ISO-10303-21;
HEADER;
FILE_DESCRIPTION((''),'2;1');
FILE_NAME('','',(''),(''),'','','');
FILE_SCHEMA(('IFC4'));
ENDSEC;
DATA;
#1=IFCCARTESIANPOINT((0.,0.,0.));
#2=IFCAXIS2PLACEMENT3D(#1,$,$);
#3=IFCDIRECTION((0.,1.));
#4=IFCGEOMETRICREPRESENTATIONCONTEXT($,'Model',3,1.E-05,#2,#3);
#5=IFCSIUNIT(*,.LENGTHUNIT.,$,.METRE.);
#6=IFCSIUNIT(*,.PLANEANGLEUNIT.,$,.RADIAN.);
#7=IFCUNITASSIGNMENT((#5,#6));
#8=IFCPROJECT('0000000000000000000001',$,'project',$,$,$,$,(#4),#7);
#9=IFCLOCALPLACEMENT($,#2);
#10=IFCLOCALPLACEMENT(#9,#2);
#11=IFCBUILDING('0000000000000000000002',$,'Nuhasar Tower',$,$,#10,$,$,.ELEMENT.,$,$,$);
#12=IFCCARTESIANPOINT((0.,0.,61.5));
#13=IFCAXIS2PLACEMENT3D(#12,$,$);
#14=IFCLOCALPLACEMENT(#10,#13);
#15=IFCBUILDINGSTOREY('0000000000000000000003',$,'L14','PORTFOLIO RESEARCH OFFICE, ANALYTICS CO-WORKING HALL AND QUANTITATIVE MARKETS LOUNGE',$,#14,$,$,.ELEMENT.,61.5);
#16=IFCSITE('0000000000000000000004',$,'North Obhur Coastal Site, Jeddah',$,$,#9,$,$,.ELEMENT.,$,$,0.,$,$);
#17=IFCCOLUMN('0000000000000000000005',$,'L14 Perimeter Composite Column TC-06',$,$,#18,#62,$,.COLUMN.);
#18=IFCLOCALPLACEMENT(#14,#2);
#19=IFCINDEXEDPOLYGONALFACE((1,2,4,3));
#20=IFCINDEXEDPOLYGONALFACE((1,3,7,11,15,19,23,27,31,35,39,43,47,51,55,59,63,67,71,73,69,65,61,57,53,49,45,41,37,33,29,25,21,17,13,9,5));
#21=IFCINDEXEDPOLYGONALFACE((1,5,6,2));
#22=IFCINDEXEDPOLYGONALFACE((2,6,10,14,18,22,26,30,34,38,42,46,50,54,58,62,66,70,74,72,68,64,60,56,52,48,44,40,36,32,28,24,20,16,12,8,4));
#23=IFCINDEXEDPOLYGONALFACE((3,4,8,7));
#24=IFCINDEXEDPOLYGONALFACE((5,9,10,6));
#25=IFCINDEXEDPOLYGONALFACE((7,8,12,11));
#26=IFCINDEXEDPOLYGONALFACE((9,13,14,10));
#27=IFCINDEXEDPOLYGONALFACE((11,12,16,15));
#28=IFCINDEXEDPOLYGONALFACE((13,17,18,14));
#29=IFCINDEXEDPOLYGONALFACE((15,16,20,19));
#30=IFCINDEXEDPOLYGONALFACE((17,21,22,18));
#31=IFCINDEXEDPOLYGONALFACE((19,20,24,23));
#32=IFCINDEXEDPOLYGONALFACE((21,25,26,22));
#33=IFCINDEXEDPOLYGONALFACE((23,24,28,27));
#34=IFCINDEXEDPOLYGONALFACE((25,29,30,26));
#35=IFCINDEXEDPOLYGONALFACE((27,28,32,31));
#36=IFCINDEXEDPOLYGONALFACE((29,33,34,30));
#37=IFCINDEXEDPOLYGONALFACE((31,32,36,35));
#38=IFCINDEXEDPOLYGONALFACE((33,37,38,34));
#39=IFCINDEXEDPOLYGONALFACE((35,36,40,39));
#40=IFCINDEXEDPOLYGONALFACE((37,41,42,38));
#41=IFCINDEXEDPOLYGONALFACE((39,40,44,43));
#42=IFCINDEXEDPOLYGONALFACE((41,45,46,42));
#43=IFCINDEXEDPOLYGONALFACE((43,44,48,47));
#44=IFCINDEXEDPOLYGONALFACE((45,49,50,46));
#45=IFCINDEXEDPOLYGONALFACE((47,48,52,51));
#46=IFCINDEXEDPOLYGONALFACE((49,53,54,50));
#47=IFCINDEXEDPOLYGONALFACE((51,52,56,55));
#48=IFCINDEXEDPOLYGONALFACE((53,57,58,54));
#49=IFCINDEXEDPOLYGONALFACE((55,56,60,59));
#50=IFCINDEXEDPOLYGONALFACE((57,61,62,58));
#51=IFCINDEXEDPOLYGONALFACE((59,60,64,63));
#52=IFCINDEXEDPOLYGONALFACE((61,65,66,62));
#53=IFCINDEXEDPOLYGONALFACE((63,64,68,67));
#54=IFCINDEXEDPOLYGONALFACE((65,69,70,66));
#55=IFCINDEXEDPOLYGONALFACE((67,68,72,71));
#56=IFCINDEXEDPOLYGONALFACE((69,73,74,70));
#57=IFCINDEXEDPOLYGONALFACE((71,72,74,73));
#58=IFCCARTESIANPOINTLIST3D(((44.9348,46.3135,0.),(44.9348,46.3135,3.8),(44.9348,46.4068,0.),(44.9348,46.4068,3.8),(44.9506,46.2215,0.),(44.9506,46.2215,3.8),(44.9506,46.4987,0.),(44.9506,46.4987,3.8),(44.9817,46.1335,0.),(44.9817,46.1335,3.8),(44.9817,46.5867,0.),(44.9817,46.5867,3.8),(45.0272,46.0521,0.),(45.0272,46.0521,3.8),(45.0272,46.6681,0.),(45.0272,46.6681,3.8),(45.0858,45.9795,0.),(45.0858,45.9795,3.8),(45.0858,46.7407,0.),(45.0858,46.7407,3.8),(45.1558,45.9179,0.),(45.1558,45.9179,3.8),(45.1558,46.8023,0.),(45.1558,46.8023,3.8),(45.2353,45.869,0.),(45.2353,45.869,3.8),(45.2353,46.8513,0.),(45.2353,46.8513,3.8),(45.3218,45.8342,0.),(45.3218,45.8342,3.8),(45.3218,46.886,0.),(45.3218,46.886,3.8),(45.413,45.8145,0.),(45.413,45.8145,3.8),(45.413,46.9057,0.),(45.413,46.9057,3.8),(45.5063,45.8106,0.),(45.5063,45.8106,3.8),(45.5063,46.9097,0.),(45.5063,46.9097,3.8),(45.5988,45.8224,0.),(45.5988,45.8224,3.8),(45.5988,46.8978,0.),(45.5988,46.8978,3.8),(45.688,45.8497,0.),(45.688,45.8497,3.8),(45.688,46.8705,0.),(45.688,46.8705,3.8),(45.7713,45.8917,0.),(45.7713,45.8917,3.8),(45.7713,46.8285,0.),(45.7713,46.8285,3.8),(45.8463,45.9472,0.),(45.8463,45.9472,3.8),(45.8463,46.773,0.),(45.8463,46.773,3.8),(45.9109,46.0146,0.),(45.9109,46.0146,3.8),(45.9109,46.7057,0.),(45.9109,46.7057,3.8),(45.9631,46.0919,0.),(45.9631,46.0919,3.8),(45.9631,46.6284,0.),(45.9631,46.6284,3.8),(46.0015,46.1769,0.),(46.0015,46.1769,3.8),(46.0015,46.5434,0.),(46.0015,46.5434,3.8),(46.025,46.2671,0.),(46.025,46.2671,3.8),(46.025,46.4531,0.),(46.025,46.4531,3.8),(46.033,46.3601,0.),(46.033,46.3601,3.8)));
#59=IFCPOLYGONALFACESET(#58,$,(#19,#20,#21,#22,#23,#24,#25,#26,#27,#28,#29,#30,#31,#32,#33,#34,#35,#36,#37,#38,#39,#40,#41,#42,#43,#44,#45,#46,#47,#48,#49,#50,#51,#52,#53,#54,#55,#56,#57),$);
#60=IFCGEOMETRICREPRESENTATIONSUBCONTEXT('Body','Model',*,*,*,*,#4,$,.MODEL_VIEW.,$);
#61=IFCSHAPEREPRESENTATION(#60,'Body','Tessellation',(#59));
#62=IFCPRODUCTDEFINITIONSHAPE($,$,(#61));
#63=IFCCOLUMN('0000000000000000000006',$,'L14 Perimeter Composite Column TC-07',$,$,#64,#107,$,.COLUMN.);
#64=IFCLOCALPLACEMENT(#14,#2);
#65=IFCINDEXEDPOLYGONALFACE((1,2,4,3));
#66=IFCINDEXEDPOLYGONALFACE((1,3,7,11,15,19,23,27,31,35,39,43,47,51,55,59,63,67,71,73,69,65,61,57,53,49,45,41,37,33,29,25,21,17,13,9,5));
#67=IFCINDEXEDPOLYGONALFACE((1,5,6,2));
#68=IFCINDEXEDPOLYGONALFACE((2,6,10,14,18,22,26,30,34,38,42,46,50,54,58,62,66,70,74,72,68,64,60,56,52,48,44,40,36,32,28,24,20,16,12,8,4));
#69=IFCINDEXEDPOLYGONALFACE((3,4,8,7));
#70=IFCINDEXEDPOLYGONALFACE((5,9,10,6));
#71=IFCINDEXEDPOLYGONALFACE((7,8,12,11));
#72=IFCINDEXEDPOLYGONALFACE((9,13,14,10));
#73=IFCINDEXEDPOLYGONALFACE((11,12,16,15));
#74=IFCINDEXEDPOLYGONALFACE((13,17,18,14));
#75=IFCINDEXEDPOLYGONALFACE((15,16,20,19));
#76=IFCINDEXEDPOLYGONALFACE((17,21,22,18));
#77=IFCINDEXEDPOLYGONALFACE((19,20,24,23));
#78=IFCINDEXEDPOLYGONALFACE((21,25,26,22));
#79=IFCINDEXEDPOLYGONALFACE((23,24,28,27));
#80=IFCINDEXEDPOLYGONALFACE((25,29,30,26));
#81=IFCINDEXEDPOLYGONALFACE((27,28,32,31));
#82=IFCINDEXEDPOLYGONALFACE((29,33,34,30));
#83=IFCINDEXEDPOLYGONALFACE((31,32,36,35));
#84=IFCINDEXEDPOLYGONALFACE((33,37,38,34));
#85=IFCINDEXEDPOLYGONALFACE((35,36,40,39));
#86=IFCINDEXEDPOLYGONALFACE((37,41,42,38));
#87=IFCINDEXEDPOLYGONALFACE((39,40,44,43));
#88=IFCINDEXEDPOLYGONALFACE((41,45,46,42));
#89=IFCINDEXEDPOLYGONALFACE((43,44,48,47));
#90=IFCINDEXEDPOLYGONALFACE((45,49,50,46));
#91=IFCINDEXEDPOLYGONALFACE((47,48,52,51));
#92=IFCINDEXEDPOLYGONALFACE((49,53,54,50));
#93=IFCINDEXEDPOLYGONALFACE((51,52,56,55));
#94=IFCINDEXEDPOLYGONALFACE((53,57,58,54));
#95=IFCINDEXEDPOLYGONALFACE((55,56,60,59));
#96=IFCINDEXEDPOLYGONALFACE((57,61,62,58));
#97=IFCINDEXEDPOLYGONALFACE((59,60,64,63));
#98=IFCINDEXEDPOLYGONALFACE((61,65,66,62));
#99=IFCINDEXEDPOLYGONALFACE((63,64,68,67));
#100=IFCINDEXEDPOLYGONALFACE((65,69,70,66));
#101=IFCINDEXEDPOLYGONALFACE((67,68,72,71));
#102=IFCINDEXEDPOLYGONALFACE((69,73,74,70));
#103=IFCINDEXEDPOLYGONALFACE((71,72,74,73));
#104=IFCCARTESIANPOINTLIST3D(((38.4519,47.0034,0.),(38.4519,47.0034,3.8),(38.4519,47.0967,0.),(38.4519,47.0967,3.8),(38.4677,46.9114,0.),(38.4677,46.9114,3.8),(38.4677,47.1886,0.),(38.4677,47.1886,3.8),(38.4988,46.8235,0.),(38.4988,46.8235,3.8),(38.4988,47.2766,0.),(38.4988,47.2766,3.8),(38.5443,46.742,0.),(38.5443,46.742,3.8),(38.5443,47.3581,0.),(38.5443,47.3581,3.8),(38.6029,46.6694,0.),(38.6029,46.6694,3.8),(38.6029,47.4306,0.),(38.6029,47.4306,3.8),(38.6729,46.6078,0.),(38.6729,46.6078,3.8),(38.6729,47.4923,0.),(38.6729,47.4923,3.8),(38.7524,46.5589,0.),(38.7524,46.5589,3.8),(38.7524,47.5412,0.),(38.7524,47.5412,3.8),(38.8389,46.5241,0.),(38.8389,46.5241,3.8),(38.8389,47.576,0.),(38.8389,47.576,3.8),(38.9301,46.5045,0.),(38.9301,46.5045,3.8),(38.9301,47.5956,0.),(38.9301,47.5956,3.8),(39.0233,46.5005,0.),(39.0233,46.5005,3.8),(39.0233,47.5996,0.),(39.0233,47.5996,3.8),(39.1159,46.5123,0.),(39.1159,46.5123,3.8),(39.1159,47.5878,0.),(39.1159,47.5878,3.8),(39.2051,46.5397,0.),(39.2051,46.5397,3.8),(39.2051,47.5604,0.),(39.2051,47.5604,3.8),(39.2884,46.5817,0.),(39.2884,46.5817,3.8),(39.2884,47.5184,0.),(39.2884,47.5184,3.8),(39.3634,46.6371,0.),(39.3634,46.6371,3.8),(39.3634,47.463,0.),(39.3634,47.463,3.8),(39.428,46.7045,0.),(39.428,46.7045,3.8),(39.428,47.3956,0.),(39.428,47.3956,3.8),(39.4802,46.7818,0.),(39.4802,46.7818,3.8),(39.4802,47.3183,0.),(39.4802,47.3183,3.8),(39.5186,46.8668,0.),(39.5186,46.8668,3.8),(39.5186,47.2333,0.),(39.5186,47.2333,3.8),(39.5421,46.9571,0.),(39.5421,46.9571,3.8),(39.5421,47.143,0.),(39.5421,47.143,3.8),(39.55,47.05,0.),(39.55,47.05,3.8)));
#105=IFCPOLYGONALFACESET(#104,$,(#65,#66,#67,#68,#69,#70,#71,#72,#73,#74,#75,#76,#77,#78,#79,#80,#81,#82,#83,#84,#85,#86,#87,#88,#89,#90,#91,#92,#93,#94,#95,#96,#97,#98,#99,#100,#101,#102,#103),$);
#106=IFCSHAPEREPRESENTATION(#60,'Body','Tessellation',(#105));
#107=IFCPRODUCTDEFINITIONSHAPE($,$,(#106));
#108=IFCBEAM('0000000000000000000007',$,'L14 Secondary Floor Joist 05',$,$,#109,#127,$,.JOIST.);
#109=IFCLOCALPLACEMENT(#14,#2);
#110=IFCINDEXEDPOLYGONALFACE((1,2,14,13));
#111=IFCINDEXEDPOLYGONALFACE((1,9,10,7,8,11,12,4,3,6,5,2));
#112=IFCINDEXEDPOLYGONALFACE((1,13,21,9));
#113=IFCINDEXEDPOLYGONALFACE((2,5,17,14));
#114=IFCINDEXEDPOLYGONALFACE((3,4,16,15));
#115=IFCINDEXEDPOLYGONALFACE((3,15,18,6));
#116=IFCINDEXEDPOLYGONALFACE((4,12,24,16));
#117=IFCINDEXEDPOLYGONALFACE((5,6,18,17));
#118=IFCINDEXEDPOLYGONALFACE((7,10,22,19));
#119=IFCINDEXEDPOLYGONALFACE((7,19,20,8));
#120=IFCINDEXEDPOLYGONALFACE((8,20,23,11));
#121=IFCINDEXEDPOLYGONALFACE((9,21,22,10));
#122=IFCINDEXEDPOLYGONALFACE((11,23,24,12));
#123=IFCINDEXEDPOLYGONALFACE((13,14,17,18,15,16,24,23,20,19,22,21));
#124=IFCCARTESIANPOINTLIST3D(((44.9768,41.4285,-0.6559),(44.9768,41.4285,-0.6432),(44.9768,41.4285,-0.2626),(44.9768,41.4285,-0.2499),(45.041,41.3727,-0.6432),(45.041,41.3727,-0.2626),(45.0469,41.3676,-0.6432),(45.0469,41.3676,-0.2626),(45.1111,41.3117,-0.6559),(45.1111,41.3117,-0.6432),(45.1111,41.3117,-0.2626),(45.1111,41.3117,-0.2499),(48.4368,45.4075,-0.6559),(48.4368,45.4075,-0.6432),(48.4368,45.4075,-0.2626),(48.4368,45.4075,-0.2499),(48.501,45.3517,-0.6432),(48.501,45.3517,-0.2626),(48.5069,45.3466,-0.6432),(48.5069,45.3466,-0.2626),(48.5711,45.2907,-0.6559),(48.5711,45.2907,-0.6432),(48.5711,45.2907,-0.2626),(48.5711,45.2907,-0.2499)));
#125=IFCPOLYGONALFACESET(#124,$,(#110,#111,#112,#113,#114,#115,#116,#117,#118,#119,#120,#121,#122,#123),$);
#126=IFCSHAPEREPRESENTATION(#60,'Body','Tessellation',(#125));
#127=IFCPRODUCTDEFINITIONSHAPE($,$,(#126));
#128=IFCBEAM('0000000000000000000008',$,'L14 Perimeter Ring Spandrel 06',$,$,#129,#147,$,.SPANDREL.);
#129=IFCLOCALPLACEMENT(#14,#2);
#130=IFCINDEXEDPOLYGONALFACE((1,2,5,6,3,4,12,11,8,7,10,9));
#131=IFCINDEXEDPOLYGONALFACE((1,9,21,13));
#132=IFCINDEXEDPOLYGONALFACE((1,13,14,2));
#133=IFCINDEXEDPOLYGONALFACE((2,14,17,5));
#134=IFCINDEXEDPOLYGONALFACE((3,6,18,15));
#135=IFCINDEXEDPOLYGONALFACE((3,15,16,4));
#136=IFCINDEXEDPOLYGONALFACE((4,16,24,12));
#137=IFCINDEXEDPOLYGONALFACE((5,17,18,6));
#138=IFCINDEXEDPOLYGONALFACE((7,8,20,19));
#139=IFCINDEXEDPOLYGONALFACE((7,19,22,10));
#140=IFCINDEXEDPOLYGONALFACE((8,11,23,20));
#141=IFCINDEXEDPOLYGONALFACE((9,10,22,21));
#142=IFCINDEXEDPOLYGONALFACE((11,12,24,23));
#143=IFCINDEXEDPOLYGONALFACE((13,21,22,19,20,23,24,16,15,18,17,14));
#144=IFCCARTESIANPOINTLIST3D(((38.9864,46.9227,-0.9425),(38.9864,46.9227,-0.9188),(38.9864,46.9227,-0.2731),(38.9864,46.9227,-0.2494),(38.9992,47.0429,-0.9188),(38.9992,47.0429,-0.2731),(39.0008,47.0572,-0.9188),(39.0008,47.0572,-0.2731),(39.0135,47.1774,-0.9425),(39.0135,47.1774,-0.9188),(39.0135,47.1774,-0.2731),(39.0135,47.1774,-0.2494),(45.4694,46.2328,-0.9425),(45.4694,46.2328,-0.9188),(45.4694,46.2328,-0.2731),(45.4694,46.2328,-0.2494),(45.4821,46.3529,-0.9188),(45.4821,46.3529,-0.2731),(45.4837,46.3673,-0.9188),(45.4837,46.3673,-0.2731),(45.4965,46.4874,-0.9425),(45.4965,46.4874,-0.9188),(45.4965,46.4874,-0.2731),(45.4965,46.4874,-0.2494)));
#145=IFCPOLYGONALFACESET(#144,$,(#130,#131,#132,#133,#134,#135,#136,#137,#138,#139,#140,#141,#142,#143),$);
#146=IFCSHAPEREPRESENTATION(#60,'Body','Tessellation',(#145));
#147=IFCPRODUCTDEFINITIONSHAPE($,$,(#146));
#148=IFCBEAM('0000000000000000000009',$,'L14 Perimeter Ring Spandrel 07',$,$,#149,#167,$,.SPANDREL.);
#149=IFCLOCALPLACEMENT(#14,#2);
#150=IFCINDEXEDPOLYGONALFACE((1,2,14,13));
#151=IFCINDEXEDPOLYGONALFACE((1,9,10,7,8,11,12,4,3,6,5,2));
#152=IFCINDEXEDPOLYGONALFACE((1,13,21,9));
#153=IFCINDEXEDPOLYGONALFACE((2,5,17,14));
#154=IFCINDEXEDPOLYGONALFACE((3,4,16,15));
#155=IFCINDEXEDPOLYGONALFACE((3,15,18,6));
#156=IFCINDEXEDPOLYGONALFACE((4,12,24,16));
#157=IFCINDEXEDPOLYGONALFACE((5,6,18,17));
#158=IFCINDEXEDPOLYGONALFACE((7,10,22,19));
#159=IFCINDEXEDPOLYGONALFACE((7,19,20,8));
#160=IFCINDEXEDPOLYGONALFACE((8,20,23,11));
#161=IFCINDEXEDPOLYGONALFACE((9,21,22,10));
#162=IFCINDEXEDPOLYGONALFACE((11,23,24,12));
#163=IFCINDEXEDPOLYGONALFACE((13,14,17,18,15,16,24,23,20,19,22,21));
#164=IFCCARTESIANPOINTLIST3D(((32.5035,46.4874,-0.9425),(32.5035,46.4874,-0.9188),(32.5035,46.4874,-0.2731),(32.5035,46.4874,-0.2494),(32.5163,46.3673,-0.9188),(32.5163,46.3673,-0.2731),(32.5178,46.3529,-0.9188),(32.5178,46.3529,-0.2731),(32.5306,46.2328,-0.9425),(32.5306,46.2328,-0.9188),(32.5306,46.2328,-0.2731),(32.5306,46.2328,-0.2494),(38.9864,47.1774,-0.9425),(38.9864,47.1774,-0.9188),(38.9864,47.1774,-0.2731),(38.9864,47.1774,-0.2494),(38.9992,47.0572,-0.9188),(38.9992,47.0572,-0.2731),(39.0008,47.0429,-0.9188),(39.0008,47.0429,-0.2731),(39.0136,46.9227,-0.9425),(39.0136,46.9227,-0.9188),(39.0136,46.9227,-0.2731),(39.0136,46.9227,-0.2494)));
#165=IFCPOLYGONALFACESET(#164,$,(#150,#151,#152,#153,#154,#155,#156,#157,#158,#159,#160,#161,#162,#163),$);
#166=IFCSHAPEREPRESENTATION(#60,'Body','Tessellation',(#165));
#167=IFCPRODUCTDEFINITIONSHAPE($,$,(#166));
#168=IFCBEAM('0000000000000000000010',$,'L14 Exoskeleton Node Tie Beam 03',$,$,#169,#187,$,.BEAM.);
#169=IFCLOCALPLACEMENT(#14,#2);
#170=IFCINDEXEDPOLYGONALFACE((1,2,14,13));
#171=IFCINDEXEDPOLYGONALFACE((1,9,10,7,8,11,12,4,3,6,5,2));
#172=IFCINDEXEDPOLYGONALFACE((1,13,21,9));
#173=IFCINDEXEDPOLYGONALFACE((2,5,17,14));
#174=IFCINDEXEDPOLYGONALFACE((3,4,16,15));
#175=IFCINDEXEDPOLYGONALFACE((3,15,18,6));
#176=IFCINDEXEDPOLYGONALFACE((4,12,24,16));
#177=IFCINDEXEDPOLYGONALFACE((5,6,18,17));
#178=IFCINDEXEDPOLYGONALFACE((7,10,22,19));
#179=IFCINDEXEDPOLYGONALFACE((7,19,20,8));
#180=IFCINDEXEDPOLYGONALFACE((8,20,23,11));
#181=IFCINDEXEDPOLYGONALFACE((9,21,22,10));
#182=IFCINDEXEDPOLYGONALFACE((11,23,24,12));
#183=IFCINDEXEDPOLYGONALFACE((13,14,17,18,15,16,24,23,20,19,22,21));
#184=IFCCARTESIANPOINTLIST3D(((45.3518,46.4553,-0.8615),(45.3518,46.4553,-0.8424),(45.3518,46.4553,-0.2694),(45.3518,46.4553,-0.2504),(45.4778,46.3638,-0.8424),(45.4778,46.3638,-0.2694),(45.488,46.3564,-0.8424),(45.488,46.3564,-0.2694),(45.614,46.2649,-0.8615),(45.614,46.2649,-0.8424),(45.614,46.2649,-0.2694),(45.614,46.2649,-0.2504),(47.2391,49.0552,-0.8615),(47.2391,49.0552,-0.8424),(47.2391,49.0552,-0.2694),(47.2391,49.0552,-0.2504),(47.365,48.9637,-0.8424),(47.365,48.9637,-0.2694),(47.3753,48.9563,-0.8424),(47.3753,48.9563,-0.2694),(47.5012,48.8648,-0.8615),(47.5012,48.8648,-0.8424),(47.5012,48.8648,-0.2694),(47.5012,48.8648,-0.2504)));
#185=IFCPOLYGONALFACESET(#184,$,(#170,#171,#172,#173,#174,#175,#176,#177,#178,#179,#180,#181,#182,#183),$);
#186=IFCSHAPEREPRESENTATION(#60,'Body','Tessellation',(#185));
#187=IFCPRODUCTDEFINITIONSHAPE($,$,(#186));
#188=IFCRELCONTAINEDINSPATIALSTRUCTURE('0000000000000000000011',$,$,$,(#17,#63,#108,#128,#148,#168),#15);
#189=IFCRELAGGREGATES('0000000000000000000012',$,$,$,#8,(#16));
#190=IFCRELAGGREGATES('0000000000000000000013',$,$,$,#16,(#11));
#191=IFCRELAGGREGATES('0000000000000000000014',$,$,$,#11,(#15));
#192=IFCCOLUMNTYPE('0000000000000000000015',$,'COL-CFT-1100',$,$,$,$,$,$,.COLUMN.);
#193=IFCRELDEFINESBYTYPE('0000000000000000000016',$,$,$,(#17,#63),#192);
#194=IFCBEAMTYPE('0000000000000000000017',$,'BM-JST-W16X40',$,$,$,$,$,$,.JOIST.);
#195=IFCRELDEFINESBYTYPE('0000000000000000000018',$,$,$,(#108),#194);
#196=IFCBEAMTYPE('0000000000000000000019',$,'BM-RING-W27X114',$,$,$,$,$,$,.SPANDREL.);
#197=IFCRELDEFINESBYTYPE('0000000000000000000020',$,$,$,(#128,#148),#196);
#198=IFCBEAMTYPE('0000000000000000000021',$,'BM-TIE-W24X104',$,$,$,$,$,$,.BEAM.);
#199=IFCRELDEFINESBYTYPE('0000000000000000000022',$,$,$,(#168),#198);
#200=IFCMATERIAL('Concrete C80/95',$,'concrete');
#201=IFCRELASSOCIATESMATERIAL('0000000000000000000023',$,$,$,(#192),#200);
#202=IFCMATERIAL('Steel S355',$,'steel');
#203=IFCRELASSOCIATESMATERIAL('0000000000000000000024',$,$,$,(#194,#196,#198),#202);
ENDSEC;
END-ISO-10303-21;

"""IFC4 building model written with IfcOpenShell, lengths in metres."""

from ifc_helpers import new_model, si_unit, direction, frame, origin, origin_2d, place, context, subcontext, project, spatial, circle, i_section, extrude, material, material_profile, profile_set, type_object, element, save


model = new_model("IFC4")

# Units and contexts
model_context = context("Model", 3, precision=1e-05, world=origin(), true_north=direction((0.0, 1.0)))
body_context = subcontext(model_context, "Body", "Model", "MODEL_VIEW")
ifc_project = project(units=[si_unit("LENGTHUNIT", "METRE"), si_unit("PLANEANGLEUNIT", "RADIAN")], contexts=[model_context])

# Site, building, storey
site_placement = place(None, origin())
site = spatial("IfcSite", under=ifc_project, at=site_placement, Name="North Obhur Coastal Site, Jeddah", CompositionType="ELEMENT", RefElevation=0.0)
building_placement = place(site_placement, origin())
building = spatial("IfcBuilding", under=site, at=building_placement, Name="Nuhasar Tower", CompositionType="ELEMENT")
storey_placement = place(building_placement, frame((0.0, 0.0, 61.5)))
storey = spatial("IfcBuildingStorey", under=building, at=storey_placement, Name="L14", Description="PORTFOLIO RESEARCH OFFICE, ANALYTICS CO-WORKING HALL AND QUANTITATIVE MARKETS LOUNGE", CompositionType="ELEMENT", Elevation=61.5)

# Columns
ifc_material_1 = material(Name="Concrete C80/95", Category="concrete")
ifc_material_profile_1 = material_profile(ifc_material_1, circle(Radius=0.55, at=origin_2d()), Name="CFT1100")
ifc_profile_set_1 = profile_set([ifc_material_profile_1], Name="Concrete C80/95")
column_type = type_object("IfcColumnType", Name="COL-CFT-1100", PredefinedType="COLUMN", material=ifc_profile_set_1)
for number, where, z_axis, x_axis, name in (
    (1, (45.4829, 46.3601, 0.0), (0.0, 0.0, 1.0), (1.0, 0.0, 0.0), "L14 Perimeter Composite Column TC-06"),
    (2, (39.0, 47.05, 0.0), (0.0, 0.0, 1.0), (1.0, 0.0, 0.0), "L14 Perimeter Composite Column TC-07"),
):
    element("IfcColumn", number, at=place(storey_placement, frame(where, z_axis=z_axis, x_axis=x_axis)), inside=storey, type_object=column_type, Name=name, PredefinedType="COLUMN", context=body_context, shape_type="SweptSolid", body=[
        extrude(circle(Radius=0.55, at=origin_2d()), origin(), (0.0, 0.0, 1.0), 3.8),
    ])

# Beams
ifc_material_2 = material(Name="Steel S355", Category="steel")
ifc_material_profile_2 = material_profile(ifc_material_2, i_section(OverallWidth=0.178, OverallDepth=0.406, WebThickness=0.0078, FlangeThickness=0.0127, at=origin_2d()), Name="W16X40")
ifc_profile_set_2 = profile_set([ifc_material_profile_2], Name="Steel S355")
beam_type_1 = type_object("IfcBeamType", Name="BM-JST-W16X40", PredefinedType="JOIST", material=ifc_profile_set_2)
beam_1_placement = place(storey_placement, frame((45.0439, 41.3701, -0.4529), z_axis=(0.656174, 0.75461, 0.0), x_axis=(-0.75461, 0.656174, 0.0)))
element("IfcBeam", 3, at=beam_1_placement, inside=storey, type_object=beam_type_1, Name="L14 Secondary Floor Joist 05", PredefinedType="JOIST", context=body_context, shape_type="SweptSolid", body=[
    extrude(i_section(OverallWidth=0.178, OverallDepth=0.406, WebThickness=0.0078, FlangeThickness=0.0127, at=origin_2d()), origin(), (0.0, 0.0, 1.0), 5.2729),
])
ifc_material_profile_3 = material_profile(ifc_material_2, i_section(OverallWidth=0.2561, OverallDepth=0.6931, WebThickness=0.0144, FlangeThickness=0.0237, at=origin_2d()), Name="W27X114")
ifc_profile_set_3 = profile_set([ifc_material_profile_3], Name="Steel S355")
beam_type_2 = type_object("IfcBeamType", Name="BM-RING-W27X114", PredefinedType="SPANDREL", material=ifc_profile_set_3)
for number, where, z_axis, x_axis, name in (
    (4, (45.4829, 46.3601, -0.5959), (-0.994385, 0.105827, 0.0), (-0.105827, -0.994385, 0.0), "L14 Perimeter Ring Spandrel 06"),
    (5, (39.0, 47.05, -0.5959), (-0.994385, -0.105827, 0.0), (0.105827, -0.994385, 0.0), "L14 Perimeter Ring Spandrel 07"),
):
    element("IfcBeam", number, at=place(storey_placement, frame(where, z_axis=z_axis, x_axis=x_axis)), inside=storey, type_object=beam_type_2, Name=name, PredefinedType="SPANDREL", context=body_context, shape_type="SweptSolid", body=[
        extrude(i_section(OverallWidth=0.2561, OverallDepth=0.6931, WebThickness=0.0144, FlangeThickness=0.0237, at=origin_2d()), origin(), (0.0, 0.0, 1.0), 6.5195),
    ])
ifc_material_profile_4 = material_profile(ifc_material_2, i_section(OverallWidth=0.324, OverallDepth=0.6111, WebThickness=0.0127, FlangeThickness=0.019, at=origin_2d()), Name="W24X104")
ifc_profile_set_4 = profile_set([ifc_material_profile_4], Name="Steel S355")
beam_type_3 = type_object("IfcBeamType", Name="BM-TIE-W24X104", PredefinedType="BEAM", material=ifc_profile_set_4)
beam_2_placement = place(storey_placement, frame((45.4829, 46.3601, -0.5559), z_axis=(0.587439, 0.809268, 0.0), x_axis=(-0.809268, 0.587439, 0.0)))
element("IfcBeam", 6, at=beam_2_placement, inside=storey, type_object=beam_type_3, Name="L14 Exoskeleton Node Tie Beam 03", PredefinedType="BEAM", context=body_context, shape_type="SweptSolid", body=[
    extrude(i_section(OverallWidth=0.324, OverallDepth=0.6111, WebThickness=0.0127, FlangeThickness=0.019, at=origin_2d()), origin(), (0.0, 0.0, 1.0), 3.2126),
])

save(model, "model.ifc")
